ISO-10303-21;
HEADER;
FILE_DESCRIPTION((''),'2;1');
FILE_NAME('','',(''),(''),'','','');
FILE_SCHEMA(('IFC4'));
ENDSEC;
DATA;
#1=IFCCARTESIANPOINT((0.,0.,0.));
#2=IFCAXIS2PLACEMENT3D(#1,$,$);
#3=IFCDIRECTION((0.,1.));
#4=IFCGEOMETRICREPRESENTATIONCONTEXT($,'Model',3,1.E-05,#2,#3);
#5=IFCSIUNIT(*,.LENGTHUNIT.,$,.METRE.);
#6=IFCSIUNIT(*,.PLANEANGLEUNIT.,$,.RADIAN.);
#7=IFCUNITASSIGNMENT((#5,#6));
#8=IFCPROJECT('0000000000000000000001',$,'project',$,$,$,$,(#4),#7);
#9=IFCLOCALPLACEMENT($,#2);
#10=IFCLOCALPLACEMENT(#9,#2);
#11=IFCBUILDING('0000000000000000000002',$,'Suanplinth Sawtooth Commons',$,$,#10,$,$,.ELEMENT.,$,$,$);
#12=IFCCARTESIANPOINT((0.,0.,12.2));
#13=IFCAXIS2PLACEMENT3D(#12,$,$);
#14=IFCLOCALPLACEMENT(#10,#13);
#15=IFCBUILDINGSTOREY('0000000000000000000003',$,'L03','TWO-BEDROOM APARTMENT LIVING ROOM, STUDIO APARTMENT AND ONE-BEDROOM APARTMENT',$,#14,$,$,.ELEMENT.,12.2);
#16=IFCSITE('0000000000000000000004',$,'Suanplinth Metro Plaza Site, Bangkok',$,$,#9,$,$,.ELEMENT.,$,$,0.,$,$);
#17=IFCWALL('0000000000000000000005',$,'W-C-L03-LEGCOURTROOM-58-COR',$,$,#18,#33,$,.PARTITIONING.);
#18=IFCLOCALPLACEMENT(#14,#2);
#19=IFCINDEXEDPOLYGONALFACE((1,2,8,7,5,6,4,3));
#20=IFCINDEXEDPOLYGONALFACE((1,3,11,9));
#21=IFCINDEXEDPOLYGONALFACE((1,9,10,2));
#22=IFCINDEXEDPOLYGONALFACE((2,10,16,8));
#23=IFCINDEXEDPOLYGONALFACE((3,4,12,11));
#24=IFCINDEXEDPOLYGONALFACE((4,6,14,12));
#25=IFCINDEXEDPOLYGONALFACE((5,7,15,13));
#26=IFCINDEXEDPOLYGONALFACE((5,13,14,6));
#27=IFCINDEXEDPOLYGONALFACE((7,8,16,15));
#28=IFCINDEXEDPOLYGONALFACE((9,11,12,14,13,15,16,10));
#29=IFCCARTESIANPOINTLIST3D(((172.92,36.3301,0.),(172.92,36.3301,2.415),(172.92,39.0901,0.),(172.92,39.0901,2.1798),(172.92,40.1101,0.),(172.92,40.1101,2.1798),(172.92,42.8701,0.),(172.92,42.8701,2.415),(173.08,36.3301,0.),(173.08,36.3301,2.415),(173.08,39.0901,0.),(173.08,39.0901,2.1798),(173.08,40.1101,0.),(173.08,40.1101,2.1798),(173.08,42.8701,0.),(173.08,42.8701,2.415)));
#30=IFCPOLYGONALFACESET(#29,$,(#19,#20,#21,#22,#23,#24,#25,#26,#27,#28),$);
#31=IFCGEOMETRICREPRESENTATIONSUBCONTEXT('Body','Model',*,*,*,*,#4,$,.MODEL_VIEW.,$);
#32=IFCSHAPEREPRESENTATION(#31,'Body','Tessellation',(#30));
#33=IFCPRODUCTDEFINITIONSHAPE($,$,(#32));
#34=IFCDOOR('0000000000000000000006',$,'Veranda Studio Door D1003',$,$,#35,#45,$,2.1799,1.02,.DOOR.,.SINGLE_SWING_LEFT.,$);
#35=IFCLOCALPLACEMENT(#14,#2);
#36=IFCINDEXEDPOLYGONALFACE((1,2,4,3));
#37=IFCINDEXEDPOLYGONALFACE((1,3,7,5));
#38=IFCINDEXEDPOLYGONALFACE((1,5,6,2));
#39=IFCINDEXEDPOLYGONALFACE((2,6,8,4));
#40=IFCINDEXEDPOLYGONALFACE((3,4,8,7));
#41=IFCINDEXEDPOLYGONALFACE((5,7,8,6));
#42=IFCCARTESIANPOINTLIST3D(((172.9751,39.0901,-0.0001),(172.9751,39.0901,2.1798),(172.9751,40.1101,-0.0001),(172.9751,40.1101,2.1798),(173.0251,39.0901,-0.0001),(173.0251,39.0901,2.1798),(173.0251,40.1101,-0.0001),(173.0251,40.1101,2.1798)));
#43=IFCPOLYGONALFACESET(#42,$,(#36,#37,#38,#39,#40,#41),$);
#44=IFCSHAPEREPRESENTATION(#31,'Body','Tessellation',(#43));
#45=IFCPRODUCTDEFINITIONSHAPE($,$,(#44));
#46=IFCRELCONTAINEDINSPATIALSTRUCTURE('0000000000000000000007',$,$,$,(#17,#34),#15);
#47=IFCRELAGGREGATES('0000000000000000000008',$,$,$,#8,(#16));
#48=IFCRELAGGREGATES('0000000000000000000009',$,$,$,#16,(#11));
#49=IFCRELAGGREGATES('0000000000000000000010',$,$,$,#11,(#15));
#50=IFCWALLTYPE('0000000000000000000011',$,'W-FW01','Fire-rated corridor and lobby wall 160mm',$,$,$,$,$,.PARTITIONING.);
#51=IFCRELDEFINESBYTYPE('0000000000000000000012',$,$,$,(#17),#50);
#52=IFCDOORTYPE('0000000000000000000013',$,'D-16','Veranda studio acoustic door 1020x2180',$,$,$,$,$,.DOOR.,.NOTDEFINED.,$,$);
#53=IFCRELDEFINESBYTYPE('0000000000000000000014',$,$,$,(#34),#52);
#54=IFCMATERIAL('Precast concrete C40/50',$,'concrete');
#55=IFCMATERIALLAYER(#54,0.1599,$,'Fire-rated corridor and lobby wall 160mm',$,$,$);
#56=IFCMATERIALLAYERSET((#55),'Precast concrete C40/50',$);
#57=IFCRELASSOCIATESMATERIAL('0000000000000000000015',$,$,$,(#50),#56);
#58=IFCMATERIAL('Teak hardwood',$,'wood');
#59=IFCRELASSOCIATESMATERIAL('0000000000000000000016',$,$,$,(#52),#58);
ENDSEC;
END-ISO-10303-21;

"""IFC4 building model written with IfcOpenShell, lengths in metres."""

from ifc_helpers import new_model, si_unit, direction, frame, frame_2d, origin, place, context, subcontext, project, spatial, rectangle, extrude, material, layer, layer_set, type_object, element, fill, save


model = new_model("IFC4")

# Units and contexts
model_context = context("Model", 3, precision=1e-05, world=origin(), true_north=direction((0.0, 1.0)))
body_context = subcontext(model_context, "Body", "Model", "MODEL_VIEW")
ifc_project = project(units=[si_unit("LENGTHUNIT", "METRE"), si_unit("PLANEANGLEUNIT", "RADIAN")], contexts=[model_context])

# Site, building, storey
site_placement = place(None, origin())
site = spatial("IfcSite", under=ifc_project, at=site_placement, Name="Suanplinth Metro Plaza Site, Bangkok", CompositionType="ELEMENT", RefElevation=0.0)
building_placement = place(site_placement, origin())
building = spatial("IfcBuilding", under=site, at=building_placement, Name="Suanplinth Sawtooth Commons", CompositionType="ELEMENT")
storey_placement = place(building_placement, frame((0.0, 0.0, 12.2)))
storey = spatial("IfcBuildingStorey", under=building, at=storey_placement, Name="L03", Description="TWO-BEDROOM APARTMENT LIVING ROOM, STUDIO APARTMENT AND ONE-BEDROOM APARTMENT", CompositionType="ELEMENT", Elevation=12.2)

# Shared definitions
ifc_material_1 = material(Name="Precast concrete C40/50", Category="concrete")

# Wall, opening, door
ifc_layer_1 = layer(ifc_material_1, 0.1599, Name="Fire-rated corridor and lobby wall 160mm")
ifc_layer_set_1 = layer_set([ifc_layer_1], Name="Precast concrete C40/50")
wall_type_1 = type_object("IfcWallType", Name="W-FW01", Description="Fire-rated corridor and lobby wall 160mm", PredefinedType="PARTITIONING", material=ifc_layer_set_1)
wall_1_placement = place(storey_placement, frame((173.0, 36.3301, 0.0), z_axis=(0.0, 0.0, 1.0), x_axis=(0.0, 1.0, 0.0)))
wall_1 = element("IfcWall", 1, at=wall_1_placement, inside=storey, type_object=wall_type_1, Name="W-C-L03-LEGCOURTROOM-58-COR", PredefinedType="PARTITIONING", context=body_context, shape_type="SweptSolid", body=[
    extrude(rectangle(XDim=6.54, YDim=0.1599, at=frame_2d((3.27, 0.0))), origin(), (0.0, 0.0, 1.0), 2.415),
])
opening_1_placement = place(wall_1_placement, frame((2.76, 0.0, 0.0)))
opening_1 = element("IfcOpeningElement", 2, at=opening_1_placement, cuts=wall_1, PredefinedType="OPENING", context=body_context, shape_type="SweptSolid", body=[
    extrude(rectangle(XDim=1.02, YDim=2.1799, at=frame_2d((0.51, 1.0898))), frame((0.0, 0.0947, 0.0), z_axis=(0.0, -1.0, 0.0), x_axis=(1.0, 0.0, 0.0)), (0.0, 0.0, 1.0), 0.1897),
])
ifc_material_2 = material(Name="Teak hardwood", Category="wood")
door_type_1 = type_object("IfcDoorType", Name="D-16", Description="Veranda studio acoustic door 1020x2180", OperationType="NOTDEFINED", PredefinedType="DOOR", material=ifc_material_2)
door_1_placement = place(opening_1_placement, origin())
door_1 = element("IfcDoor", 3, at=door_1_placement, inside=storey, type_object=door_type_1, Name="Veranda Studio Door D1003", OperationType="SINGLE_SWING_LEFT", OverallHeight=2.1799, OverallWidth=1.02, PredefinedType="DOOR", context=body_context, shape_type="SweptSolid", body=[
    extrude(rectangle(XDim=1.02, YDim=2.1799, at=frame_2d((0.51, 1.0898))), frame((0.0, 0.0249, 0.0), z_axis=(0.0, -1.0, 0.0), x_axis=(1.0, 0.0, 0.0)), (0.0, 0.0, 1.0), 0.05),
])
fill(opening_1, door_1)

save(model, "model.ifc")
